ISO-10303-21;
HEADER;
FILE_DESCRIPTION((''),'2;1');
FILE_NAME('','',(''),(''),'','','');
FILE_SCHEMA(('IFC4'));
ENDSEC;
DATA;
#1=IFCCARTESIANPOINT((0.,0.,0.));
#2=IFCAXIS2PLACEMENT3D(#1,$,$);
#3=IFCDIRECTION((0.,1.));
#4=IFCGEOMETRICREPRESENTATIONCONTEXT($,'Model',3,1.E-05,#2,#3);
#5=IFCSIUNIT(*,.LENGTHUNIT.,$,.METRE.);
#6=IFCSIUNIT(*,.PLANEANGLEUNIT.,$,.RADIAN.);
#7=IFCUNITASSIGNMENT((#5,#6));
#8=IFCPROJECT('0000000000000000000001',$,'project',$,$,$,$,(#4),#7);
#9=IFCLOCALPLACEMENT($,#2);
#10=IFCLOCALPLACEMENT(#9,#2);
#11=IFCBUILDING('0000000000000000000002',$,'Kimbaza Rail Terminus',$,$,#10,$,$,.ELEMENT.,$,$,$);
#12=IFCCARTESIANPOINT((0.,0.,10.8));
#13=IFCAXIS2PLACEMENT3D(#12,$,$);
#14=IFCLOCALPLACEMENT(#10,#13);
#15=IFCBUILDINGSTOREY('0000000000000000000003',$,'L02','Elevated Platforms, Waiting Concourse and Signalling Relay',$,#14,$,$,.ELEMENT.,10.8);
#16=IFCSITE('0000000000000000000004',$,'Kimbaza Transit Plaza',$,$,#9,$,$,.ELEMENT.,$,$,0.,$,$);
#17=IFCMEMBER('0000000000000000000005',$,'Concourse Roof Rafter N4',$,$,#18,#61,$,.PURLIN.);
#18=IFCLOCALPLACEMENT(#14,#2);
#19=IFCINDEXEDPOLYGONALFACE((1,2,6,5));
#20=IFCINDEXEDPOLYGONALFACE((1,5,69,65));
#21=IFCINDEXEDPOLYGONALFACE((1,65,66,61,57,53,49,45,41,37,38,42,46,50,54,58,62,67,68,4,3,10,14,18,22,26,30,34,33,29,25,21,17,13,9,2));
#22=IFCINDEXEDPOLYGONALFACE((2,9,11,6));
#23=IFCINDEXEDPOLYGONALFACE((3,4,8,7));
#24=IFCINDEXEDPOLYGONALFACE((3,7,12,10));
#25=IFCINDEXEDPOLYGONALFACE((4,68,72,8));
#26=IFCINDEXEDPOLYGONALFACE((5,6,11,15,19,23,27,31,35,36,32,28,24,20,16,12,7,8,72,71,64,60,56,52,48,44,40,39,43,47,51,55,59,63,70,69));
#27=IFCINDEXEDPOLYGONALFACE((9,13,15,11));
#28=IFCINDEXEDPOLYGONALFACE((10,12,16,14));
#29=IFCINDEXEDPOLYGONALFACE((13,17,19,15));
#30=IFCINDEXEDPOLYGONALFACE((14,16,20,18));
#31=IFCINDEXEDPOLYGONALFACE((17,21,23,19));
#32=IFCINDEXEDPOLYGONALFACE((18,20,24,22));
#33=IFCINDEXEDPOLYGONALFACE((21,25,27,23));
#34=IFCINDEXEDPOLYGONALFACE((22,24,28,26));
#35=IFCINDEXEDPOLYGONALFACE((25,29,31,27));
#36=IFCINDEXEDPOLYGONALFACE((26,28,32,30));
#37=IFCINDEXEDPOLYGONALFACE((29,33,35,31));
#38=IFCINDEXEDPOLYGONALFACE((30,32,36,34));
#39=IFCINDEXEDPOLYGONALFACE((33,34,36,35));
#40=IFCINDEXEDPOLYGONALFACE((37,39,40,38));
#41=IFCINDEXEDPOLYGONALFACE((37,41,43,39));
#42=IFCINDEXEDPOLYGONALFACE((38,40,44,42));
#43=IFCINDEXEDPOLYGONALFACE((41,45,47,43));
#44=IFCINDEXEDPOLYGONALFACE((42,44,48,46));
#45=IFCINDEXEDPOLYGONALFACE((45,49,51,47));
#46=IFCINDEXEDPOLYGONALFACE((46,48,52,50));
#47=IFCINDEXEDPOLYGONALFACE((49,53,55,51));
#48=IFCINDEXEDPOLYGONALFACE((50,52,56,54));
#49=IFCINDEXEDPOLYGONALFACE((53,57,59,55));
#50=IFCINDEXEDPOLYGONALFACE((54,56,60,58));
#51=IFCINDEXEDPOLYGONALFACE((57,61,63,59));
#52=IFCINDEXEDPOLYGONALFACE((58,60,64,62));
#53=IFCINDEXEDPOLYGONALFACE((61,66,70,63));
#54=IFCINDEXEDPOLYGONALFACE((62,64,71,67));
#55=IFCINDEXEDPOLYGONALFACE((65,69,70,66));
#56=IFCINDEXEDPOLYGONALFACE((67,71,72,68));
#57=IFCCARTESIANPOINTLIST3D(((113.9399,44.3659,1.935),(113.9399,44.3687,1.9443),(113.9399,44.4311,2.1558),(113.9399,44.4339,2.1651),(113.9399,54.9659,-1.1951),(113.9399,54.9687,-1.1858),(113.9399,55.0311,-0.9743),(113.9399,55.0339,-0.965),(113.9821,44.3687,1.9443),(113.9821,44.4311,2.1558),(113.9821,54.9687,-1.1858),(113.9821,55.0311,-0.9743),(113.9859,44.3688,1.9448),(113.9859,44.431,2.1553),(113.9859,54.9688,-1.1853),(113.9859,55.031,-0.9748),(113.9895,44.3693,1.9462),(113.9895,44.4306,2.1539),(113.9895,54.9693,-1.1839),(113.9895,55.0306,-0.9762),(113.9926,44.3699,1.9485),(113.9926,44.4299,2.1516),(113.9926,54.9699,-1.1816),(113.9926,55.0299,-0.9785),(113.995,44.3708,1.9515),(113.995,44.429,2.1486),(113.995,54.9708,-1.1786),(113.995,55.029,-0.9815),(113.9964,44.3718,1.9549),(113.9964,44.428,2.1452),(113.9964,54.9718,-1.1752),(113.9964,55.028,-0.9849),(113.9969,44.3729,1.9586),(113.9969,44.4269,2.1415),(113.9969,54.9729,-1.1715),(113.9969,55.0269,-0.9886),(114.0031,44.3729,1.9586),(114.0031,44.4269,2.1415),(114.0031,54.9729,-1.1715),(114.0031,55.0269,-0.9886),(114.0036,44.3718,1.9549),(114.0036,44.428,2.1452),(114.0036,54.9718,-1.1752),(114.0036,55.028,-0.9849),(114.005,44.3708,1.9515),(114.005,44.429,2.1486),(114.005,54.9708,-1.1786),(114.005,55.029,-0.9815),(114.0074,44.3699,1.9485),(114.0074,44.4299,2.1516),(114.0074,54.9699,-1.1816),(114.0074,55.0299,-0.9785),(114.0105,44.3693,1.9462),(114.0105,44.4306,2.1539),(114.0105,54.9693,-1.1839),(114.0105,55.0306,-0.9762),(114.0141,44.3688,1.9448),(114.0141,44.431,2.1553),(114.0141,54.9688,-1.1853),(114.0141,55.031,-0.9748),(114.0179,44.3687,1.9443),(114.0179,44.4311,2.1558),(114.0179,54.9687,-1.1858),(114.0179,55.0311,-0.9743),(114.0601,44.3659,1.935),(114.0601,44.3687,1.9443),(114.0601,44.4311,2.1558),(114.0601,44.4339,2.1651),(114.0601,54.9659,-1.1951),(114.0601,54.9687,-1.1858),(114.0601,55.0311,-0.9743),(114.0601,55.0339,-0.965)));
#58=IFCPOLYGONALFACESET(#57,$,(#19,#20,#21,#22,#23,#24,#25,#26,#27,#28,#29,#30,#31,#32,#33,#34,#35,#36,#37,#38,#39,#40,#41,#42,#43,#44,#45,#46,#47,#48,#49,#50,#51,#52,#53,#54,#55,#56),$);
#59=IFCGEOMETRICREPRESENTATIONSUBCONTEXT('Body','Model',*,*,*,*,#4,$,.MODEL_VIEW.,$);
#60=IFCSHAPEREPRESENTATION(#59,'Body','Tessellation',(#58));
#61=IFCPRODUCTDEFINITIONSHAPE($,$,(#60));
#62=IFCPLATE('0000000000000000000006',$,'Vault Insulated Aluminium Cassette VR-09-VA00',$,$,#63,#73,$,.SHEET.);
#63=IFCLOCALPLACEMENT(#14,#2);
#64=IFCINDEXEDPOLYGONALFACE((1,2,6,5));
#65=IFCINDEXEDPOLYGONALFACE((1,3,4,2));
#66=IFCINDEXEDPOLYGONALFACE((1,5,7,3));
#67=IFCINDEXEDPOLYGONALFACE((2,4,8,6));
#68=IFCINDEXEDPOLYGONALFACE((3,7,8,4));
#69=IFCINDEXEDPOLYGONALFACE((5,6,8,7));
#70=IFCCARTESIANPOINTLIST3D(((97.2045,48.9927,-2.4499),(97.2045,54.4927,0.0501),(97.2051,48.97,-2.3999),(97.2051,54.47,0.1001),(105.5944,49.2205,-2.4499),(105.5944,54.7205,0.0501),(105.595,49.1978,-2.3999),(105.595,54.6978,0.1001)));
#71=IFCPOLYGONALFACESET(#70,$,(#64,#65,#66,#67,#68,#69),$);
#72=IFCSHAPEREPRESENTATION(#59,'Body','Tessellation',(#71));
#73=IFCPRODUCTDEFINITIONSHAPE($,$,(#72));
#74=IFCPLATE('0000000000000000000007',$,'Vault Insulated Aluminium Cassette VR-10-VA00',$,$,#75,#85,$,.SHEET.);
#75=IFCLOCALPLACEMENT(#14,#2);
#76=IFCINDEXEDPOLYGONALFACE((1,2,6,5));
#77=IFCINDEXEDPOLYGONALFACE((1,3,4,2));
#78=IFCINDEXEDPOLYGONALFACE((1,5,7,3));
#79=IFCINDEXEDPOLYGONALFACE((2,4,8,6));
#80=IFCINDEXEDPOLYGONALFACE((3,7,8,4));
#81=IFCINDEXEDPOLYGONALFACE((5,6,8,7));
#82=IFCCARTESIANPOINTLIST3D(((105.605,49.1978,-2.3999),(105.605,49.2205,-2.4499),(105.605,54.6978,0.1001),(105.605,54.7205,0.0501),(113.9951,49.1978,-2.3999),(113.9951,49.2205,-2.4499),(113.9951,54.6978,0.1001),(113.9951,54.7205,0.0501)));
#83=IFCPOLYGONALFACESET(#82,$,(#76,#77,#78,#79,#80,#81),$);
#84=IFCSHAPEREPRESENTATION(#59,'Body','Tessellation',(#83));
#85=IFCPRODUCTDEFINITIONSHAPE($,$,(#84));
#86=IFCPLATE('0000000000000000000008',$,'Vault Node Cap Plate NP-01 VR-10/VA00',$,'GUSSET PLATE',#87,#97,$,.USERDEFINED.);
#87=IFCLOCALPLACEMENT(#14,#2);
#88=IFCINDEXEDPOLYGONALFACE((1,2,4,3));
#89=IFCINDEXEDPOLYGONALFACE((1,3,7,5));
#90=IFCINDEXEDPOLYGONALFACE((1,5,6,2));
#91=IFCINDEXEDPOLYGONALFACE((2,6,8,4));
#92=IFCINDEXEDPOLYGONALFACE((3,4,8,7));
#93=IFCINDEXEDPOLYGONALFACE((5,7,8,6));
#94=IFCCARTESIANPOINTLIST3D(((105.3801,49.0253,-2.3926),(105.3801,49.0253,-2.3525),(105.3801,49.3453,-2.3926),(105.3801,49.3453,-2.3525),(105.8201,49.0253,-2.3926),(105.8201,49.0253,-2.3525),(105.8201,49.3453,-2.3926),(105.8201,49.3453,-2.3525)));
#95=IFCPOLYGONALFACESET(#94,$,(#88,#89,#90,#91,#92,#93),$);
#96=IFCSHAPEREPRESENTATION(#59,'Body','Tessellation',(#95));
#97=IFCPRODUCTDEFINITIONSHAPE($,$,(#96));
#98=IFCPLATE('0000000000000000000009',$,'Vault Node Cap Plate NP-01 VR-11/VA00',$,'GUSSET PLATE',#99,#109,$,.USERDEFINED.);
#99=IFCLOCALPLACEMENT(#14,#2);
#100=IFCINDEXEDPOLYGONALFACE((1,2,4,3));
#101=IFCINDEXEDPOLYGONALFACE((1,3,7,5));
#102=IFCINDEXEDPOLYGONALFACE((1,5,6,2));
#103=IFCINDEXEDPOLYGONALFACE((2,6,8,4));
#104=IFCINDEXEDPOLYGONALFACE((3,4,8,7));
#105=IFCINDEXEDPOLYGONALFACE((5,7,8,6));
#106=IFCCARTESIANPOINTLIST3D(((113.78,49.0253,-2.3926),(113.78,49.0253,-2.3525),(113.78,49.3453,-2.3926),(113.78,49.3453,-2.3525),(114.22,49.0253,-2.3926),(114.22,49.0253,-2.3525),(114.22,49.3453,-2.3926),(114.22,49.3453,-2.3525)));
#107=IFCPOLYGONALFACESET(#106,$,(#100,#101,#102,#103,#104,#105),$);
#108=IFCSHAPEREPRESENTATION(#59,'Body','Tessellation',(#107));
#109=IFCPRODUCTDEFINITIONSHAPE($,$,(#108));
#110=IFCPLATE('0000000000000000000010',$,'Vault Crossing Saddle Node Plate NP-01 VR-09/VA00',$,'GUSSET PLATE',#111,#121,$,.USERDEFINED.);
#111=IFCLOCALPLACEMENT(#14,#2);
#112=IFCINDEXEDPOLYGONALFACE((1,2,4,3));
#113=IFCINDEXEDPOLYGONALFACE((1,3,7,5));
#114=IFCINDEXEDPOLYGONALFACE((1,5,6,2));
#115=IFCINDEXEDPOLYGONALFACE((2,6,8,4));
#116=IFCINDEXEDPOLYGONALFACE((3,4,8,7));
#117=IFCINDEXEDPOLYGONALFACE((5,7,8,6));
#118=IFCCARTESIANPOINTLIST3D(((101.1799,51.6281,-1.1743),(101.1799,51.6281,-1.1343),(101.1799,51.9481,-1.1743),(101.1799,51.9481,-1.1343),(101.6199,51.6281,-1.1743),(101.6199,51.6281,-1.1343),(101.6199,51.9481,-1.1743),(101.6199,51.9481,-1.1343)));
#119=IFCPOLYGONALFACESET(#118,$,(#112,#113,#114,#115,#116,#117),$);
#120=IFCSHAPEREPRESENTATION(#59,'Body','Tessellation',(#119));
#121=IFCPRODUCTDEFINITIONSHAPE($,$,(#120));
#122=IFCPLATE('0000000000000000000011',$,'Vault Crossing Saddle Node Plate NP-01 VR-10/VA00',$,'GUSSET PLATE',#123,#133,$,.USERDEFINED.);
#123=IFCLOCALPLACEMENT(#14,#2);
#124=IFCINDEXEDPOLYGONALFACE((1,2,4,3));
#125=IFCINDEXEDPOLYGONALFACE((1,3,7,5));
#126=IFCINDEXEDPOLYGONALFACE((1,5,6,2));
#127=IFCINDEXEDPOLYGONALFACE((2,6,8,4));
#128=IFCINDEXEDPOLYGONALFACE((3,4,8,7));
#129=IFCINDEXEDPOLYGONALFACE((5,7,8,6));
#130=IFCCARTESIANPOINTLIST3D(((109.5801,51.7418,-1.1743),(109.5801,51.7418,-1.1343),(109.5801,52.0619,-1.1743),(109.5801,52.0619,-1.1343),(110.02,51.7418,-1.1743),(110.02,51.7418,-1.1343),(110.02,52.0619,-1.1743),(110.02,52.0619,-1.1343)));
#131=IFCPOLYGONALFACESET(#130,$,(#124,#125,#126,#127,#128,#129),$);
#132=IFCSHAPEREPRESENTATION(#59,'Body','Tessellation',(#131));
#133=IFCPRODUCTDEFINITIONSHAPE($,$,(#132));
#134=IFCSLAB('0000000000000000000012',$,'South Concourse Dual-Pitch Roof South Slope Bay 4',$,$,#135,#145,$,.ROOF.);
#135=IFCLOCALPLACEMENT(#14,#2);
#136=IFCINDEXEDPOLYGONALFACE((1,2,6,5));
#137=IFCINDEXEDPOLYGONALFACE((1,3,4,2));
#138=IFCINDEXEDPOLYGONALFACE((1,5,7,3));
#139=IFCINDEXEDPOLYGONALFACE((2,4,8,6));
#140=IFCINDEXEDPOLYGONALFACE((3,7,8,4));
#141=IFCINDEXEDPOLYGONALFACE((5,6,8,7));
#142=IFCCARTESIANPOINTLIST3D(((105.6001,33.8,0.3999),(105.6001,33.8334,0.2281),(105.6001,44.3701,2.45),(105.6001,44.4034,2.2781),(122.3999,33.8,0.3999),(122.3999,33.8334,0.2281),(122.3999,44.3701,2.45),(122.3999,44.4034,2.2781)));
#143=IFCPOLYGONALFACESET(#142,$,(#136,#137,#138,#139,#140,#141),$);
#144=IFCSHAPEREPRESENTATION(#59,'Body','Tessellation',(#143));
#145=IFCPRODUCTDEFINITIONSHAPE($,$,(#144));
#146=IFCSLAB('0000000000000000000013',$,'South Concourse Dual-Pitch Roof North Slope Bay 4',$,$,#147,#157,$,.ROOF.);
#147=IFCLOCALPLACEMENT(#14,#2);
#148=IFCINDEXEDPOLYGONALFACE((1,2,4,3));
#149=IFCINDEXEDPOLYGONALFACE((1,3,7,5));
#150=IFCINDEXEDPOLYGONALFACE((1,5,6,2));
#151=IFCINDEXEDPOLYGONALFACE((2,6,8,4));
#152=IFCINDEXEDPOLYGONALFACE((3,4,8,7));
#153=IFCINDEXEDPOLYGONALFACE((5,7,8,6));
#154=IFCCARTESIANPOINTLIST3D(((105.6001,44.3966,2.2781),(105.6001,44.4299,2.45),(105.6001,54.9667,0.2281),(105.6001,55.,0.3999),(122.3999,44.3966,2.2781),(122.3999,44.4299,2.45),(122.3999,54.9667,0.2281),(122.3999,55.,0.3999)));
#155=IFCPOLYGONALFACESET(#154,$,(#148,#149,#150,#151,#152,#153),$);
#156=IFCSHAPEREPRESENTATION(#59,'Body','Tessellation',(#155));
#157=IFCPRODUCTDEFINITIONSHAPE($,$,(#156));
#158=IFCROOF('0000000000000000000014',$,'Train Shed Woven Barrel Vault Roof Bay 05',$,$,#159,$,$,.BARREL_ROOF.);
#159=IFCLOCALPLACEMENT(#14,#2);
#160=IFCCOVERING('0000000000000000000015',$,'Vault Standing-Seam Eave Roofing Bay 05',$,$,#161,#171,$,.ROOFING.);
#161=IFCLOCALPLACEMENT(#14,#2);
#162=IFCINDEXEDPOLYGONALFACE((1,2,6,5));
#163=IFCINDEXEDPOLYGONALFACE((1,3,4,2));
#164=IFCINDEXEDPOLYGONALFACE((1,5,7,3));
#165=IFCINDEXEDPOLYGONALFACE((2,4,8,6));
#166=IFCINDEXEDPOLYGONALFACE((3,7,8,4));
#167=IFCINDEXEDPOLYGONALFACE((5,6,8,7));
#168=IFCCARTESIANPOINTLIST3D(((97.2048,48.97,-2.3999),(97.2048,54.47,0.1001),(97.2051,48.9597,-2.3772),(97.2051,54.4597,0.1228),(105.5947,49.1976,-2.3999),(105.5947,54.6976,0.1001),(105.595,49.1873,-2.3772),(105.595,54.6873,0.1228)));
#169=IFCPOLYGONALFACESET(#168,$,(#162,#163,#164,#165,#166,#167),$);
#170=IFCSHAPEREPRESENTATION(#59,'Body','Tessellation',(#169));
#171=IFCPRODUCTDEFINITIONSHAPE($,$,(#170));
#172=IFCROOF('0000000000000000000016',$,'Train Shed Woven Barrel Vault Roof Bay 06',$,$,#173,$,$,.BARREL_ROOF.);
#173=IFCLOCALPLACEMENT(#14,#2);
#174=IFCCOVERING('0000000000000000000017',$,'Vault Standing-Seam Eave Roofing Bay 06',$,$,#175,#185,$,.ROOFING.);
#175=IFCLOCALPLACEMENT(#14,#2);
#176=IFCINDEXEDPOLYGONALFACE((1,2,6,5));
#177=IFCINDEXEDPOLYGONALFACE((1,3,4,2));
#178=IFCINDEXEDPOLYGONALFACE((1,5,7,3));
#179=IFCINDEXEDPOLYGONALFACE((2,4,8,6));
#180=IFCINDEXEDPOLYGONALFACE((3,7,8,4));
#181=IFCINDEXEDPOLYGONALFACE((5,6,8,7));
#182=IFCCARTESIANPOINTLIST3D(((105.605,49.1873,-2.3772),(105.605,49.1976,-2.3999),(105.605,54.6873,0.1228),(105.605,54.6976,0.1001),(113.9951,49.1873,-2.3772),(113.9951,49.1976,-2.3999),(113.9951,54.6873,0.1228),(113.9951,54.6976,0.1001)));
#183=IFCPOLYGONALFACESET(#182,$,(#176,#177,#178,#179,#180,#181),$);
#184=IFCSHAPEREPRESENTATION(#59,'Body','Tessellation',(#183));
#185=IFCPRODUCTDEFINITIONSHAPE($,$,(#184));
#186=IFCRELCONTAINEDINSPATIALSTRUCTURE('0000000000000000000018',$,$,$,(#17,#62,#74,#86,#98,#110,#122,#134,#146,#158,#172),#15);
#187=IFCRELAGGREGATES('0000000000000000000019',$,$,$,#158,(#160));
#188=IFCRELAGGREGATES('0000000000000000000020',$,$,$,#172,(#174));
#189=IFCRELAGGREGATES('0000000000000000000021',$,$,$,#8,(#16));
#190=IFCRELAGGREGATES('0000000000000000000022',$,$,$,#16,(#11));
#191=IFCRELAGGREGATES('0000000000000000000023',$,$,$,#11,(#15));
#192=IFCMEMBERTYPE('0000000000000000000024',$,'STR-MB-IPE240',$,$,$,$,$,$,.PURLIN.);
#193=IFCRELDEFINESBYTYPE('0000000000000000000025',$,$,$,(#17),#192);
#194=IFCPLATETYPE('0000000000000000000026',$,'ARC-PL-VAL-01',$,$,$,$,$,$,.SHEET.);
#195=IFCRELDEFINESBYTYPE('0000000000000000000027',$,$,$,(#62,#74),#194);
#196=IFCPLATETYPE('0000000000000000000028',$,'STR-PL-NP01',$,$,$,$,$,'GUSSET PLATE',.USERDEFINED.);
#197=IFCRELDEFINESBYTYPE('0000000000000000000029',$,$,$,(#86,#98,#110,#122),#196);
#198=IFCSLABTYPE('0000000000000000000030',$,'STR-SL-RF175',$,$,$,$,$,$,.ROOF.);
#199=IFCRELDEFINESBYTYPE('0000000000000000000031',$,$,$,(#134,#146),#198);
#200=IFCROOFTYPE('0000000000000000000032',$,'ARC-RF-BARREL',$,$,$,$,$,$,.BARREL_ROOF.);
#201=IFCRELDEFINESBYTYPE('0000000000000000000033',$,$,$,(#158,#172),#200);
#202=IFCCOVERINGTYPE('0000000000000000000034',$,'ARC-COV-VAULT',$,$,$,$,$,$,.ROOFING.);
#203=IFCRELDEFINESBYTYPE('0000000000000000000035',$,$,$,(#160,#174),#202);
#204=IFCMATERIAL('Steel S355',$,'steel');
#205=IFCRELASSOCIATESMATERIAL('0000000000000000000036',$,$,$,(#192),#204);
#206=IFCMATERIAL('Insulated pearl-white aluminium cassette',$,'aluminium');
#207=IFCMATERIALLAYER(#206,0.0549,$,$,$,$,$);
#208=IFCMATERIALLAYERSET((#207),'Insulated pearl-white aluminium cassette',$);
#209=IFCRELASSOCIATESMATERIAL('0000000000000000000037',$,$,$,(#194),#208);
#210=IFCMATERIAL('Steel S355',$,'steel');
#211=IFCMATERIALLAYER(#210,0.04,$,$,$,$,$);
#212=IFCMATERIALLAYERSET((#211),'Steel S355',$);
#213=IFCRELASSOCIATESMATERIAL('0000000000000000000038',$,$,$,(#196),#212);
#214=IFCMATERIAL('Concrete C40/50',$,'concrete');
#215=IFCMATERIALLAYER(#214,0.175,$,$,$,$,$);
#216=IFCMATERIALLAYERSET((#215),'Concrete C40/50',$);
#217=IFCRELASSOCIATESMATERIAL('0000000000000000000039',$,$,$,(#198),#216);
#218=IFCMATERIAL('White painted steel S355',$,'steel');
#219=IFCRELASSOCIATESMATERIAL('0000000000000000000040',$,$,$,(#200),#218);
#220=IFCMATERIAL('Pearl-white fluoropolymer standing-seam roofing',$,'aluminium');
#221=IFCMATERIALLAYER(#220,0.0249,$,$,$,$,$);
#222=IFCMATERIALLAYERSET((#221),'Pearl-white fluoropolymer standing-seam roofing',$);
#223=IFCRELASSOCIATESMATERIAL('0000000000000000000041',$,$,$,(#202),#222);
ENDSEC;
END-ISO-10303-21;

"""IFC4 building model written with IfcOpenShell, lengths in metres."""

from ifc_helpers import new_model, si_unit, direction, frame, origin, origin_2d, place, context, subcontext, project, spatial, polyline, rectangle, i_section, outline, extrude, material, layer, layer_set, material_profile, profile_set, type_object, element, aggregate, save


model = new_model("IFC4")

# Units and contexts
model_context = context("Model", 3, precision=1e-05, world=origin(), true_north=direction((0.0, 1.0)))
body_context = subcontext(model_context, "Body", "Model", "MODEL_VIEW")
ifc_project = project(units=[si_unit("LENGTHUNIT", "METRE"), si_unit("PLANEANGLEUNIT", "RADIAN")], contexts=[model_context])

# Site, building, storey
site_placement = place(None, origin())
site = spatial("IfcSite", under=ifc_project, at=site_placement, Name="Kimbaza Transit Plaza", CompositionType="ELEMENT", RefElevation=0.0)
building_placement = place(site_placement, origin())
building = spatial("IfcBuilding", under=site, at=building_placement, Name="Kimbaza Rail Terminus", CompositionType="ELEMENT")
storey_placement = place(building_placement, frame((0.0, 0.0, 10.8)))
storey = spatial("IfcBuildingStorey", under=building, at=storey_placement, Name="L02", Description="Elevated Platforms, Waiting Concourse and Signalling Relay", CompositionType="ELEMENT", Elevation=10.8)

# Member
ifc_material_1 = material(Name="Steel S355", Category="steel")
ifc_material_profile_1 = material_profile(ifc_material_1, i_section(OverallWidth=0.1201, OverallDepth=0.24, WebThickness=0.0061, FlangeThickness=0.0098, FilletRadius=0.0149, at=origin_2d()), Name="IPE 240")
ifc_profile_set_1 = profile_set([ifc_material_profile_1], Name="Steel S355")
member_type_1 = type_object("IfcMemberType", Name="STR-MB-IPE240", PredefinedType="PURLIN", material=ifc_profile_set_1)
member_1_placement = place(storey_placement, frame((114.0, 44.3999, 2.05), z_axis=(0.0, 0.95906, -0.283203), x_axis=(-1.0, 0.0, 0.0)))
element("IfcMember", 1, at=member_1_placement, inside=storey, type_object=member_type_1, Name="Concourse Roof Rafter N4", PredefinedType="PURLIN", context=body_context, shape_type="SweptSolid", body=[
    extrude(i_section(OverallWidth=0.1201, OverallDepth=0.24, WebThickness=0.0061, FlangeThickness=0.0098, FilletRadius=0.0149, at=origin_2d()), origin(), (0.0, 0.0, 1.0), 11.0525),
])

# Plates
ifc_material_2 = material(Name="Insulated pearl-white aluminium cassette", Category="aluminium")
ifc_layer_1 = layer(ifc_material_2, 0.0549)
ifc_layer_set_1 = layer_set([ifc_layer_1], Name="Insulated pearl-white aluminium cassette")
plate_type_1 = type_object("IfcPlateType", Name="ARC-PL-VAL-01", PredefinedType="SHEET", material=ifc_layer_set_1)
plate_1_placement = place(storey_placement, frame((97.2051, 48.97, -2.3999), z_axis=(0.011234, -0.413777, 0.910309), x_axis=(0.999632, 0.02714, 0.0)))
element("IfcPlate", 2, at=plate_1_placement, inside=storey, type_object=plate_type_1, Name="Vault Insulated Aluminium Cassette VR-09-VA00", PredefinedType="SHEET", context=body_context, shape_type="SweptSolid", body=[
    extrude(outline(polyline([(0.0, 0.0), (8.393, 0.0), (8.5423, 6.0397), (0.1493, 6.0397), (0.0, 0.0)])), origin(), (0.0, 0.0, -1.0), 0.0549),
])
plate_2_placement = place(storey_placement, frame((105.605, 49.1978, -2.3999), z_axis=(0.0, -0.413803, 0.910366), x_axis=(1.0, 0.0, 0.0)))
element("IfcPlate", 3, at=plate_2_placement, inside=storey, type_object=plate_type_1, Name="Vault Insulated Aluminium Cassette VR-10-VA00", PredefinedType="SHEET", context=body_context, shape_type="SweptSolid", body=[
    extrude(outline(polyline([(0.0, 0.0), (8.3901, 0.0), (8.3901, 6.0415), (0.0, 6.0415), (0.0, 0.0)])), origin(), (0.0, 0.0, -1.0), 0.0549),
])
ifc_material_3 = material(Name="Steel S355", Category="steel")
ifc_layer_2 = layer(ifc_material_3, 0.04)
ifc_layer_set_2 = layer_set([ifc_layer_2], Name="Steel S355")
plate_type_2 = type_object("IfcPlateType", Name="STR-PL-NP01", ElementType="GUSSET PLATE", PredefinedType="USERDEFINED", material=ifc_layer_set_2)
for number, where, z_axis, x_axis, name in (
    (4, (105.6001, 49.1853, -2.3926), (0.0, 0.0, 1.0), (1.0, 0.0, 0.0), "Vault Node Cap Plate NP-01 VR-10/VA00"),
    (5, (114.0, 49.1853, -2.3926), (0.0, 0.0, 1.0), (1.0, 0.0, 0.0), "Vault Node Cap Plate NP-01 VR-11/VA00"),
    (6, (101.3999, 51.7881, -1.1743), (0.0, 0.0, 1.0), (1.0, 0.0, 0.0), "Vault Crossing Saddle Node Plate NP-01 VR-09/VA00"),
    (7, (109.8, 51.9019, -1.1743), (0.0, 0.0, 1.0), (1.0, 0.0, 0.0), "Vault Crossing Saddle Node Plate NP-01 VR-10/VA00"),
):
    element("IfcPlate", number, at=place(storey_placement, frame(where, z_axis=z_axis, x_axis=x_axis)), inside=storey, type_object=plate_type_2, Name=name, ObjectType="GUSSET PLATE", PredefinedType="USERDEFINED", context=body_context, shape_type="SweptSolid", body=[
        extrude(rectangle(XDim=0.4399, YDim=0.3201, at=origin_2d()), origin(), (0.0, 0.0, 1.0), 0.04),
    ])

# Slabs
ifc_material_4 = material(Name="Concrete C40/50", Category="concrete")
ifc_layer_3 = layer(ifc_material_4, 0.175)
ifc_layer_set_3 = layer_set([ifc_layer_3], Name="Concrete C40/50")
slab_type = type_object("IfcSlabType", Name="STR-SL-RF175", PredefinedType="ROOF", material=ifc_layer_set_3)
for number, where, z_axis, x_axis, name in (
    (8, (105.6001, 33.8, 0.3999), (0.0, -0.1904, 0.981706), (1.0, 0.0, 0.0), "South Concourse Dual-Pitch Roof South Slope Bay 4"),
    (9, (105.6001, 44.4299, 2.45), (0.0, 0.1904, 0.981706), (1.0, 0.0, 0.0), "South Concourse Dual-Pitch Roof North Slope Bay 4"),
):
    element("IfcSlab", number, at=place(storey_placement, frame(where, z_axis=z_axis, x_axis=x_axis)), inside=storey, type_object=slab_type, Name=name, PredefinedType="ROOF", context=body_context, shape_type="SweptSolid", body=[
        extrude(outline(polyline([(0.0, 0.0), (16.7998, 0.0), (16.7998, 10.767), (0.0, 10.767), (0.0, 0.0)])), origin(), (0.0, 0.0, -1.0), 0.175),
    ])

# Roofs, coverings
ifc_material_5 = material(Name="White painted steel S355", Category="steel")
roof_type = type_object("IfcRoofType", Name="ARC-RF-BARREL", PredefinedType="BARREL_ROOF", material=ifc_material_5)
roof_1_placement = place(storey_placement, origin())
roof_1 = element("IfcRoof", 10, at=roof_1_placement, inside=storey, type_object=roof_type, Name="Train Shed Woven Barrel Vault Roof Bay 05", PredefinedType="BARREL_ROOF")
ifc_material_6 = material(Name="Pearl-white fluoropolymer standing-seam roofing", Category="aluminium")
ifc_layer_4 = layer(ifc_material_6, 0.0249)
ifc_layer_set_4 = layer_set([ifc_layer_4], Name="Pearl-white fluoropolymer standing-seam roofing")
covering_type = type_object("IfcCoveringType", Name="ARC-COV-VAULT", PredefinedType="ROOFING", material=ifc_layer_set_4)
covering_1_placement = place(storey_placement, frame((97.2051, 48.9597, -2.3772), z_axis=(0.011222, -0.413777, 0.910309), x_axis=(0.999632, 0.027111, 0.0)))
covering_1 = element("IfcCovering", 11, at=covering_1_placement, type_object=covering_type, Name="Vault Standing-Seam Eave Roofing Bay 05", PredefinedType="ROOFING", context=body_context, shape_type="SweptSolid", body=[
    extrude(outline(polyline([(0.0, 0.0), (8.393, 0.0), (8.5421, 6.0397), (0.1491, 6.0397), (0.0, 0.0)])), origin(), (0.0, 0.0, -1.0), 0.0249),
])
aggregate(roof_1, [covering_1])
roof_2_placement = place(storey_placement, origin())
roof_2 = element("IfcRoof", 12, at=roof_2_placement, inside=storey, type_object=roof_type, Name="Train Shed Woven Barrel Vault Roof Bay 06", PredefinedType="BARREL_ROOF")
covering_2_placement = place(storey_placement, frame((105.605, 49.1873, -2.3772), z_axis=(0.0, -0.413803, 0.910366), x_axis=(1.0, 0.0, 0.0)))
covering_2 = element("IfcCovering", 13, at=covering_2_placement, type_object=covering_type, Name="Vault Standing-Seam Eave Roofing Bay 06", PredefinedType="ROOFING", context=body_context, shape_type="SweptSolid", body=[
    extrude(outline(polyline([(0.0, 0.0), (8.3901, 0.0), (8.3901, 6.0415), (0.0, 6.0415), (0.0, 0.0)])), origin(), (0.0, 0.0, -1.0), 0.0249),
])
aggregate(roof_2, [covering_2])

save(model, "model.ifc")
